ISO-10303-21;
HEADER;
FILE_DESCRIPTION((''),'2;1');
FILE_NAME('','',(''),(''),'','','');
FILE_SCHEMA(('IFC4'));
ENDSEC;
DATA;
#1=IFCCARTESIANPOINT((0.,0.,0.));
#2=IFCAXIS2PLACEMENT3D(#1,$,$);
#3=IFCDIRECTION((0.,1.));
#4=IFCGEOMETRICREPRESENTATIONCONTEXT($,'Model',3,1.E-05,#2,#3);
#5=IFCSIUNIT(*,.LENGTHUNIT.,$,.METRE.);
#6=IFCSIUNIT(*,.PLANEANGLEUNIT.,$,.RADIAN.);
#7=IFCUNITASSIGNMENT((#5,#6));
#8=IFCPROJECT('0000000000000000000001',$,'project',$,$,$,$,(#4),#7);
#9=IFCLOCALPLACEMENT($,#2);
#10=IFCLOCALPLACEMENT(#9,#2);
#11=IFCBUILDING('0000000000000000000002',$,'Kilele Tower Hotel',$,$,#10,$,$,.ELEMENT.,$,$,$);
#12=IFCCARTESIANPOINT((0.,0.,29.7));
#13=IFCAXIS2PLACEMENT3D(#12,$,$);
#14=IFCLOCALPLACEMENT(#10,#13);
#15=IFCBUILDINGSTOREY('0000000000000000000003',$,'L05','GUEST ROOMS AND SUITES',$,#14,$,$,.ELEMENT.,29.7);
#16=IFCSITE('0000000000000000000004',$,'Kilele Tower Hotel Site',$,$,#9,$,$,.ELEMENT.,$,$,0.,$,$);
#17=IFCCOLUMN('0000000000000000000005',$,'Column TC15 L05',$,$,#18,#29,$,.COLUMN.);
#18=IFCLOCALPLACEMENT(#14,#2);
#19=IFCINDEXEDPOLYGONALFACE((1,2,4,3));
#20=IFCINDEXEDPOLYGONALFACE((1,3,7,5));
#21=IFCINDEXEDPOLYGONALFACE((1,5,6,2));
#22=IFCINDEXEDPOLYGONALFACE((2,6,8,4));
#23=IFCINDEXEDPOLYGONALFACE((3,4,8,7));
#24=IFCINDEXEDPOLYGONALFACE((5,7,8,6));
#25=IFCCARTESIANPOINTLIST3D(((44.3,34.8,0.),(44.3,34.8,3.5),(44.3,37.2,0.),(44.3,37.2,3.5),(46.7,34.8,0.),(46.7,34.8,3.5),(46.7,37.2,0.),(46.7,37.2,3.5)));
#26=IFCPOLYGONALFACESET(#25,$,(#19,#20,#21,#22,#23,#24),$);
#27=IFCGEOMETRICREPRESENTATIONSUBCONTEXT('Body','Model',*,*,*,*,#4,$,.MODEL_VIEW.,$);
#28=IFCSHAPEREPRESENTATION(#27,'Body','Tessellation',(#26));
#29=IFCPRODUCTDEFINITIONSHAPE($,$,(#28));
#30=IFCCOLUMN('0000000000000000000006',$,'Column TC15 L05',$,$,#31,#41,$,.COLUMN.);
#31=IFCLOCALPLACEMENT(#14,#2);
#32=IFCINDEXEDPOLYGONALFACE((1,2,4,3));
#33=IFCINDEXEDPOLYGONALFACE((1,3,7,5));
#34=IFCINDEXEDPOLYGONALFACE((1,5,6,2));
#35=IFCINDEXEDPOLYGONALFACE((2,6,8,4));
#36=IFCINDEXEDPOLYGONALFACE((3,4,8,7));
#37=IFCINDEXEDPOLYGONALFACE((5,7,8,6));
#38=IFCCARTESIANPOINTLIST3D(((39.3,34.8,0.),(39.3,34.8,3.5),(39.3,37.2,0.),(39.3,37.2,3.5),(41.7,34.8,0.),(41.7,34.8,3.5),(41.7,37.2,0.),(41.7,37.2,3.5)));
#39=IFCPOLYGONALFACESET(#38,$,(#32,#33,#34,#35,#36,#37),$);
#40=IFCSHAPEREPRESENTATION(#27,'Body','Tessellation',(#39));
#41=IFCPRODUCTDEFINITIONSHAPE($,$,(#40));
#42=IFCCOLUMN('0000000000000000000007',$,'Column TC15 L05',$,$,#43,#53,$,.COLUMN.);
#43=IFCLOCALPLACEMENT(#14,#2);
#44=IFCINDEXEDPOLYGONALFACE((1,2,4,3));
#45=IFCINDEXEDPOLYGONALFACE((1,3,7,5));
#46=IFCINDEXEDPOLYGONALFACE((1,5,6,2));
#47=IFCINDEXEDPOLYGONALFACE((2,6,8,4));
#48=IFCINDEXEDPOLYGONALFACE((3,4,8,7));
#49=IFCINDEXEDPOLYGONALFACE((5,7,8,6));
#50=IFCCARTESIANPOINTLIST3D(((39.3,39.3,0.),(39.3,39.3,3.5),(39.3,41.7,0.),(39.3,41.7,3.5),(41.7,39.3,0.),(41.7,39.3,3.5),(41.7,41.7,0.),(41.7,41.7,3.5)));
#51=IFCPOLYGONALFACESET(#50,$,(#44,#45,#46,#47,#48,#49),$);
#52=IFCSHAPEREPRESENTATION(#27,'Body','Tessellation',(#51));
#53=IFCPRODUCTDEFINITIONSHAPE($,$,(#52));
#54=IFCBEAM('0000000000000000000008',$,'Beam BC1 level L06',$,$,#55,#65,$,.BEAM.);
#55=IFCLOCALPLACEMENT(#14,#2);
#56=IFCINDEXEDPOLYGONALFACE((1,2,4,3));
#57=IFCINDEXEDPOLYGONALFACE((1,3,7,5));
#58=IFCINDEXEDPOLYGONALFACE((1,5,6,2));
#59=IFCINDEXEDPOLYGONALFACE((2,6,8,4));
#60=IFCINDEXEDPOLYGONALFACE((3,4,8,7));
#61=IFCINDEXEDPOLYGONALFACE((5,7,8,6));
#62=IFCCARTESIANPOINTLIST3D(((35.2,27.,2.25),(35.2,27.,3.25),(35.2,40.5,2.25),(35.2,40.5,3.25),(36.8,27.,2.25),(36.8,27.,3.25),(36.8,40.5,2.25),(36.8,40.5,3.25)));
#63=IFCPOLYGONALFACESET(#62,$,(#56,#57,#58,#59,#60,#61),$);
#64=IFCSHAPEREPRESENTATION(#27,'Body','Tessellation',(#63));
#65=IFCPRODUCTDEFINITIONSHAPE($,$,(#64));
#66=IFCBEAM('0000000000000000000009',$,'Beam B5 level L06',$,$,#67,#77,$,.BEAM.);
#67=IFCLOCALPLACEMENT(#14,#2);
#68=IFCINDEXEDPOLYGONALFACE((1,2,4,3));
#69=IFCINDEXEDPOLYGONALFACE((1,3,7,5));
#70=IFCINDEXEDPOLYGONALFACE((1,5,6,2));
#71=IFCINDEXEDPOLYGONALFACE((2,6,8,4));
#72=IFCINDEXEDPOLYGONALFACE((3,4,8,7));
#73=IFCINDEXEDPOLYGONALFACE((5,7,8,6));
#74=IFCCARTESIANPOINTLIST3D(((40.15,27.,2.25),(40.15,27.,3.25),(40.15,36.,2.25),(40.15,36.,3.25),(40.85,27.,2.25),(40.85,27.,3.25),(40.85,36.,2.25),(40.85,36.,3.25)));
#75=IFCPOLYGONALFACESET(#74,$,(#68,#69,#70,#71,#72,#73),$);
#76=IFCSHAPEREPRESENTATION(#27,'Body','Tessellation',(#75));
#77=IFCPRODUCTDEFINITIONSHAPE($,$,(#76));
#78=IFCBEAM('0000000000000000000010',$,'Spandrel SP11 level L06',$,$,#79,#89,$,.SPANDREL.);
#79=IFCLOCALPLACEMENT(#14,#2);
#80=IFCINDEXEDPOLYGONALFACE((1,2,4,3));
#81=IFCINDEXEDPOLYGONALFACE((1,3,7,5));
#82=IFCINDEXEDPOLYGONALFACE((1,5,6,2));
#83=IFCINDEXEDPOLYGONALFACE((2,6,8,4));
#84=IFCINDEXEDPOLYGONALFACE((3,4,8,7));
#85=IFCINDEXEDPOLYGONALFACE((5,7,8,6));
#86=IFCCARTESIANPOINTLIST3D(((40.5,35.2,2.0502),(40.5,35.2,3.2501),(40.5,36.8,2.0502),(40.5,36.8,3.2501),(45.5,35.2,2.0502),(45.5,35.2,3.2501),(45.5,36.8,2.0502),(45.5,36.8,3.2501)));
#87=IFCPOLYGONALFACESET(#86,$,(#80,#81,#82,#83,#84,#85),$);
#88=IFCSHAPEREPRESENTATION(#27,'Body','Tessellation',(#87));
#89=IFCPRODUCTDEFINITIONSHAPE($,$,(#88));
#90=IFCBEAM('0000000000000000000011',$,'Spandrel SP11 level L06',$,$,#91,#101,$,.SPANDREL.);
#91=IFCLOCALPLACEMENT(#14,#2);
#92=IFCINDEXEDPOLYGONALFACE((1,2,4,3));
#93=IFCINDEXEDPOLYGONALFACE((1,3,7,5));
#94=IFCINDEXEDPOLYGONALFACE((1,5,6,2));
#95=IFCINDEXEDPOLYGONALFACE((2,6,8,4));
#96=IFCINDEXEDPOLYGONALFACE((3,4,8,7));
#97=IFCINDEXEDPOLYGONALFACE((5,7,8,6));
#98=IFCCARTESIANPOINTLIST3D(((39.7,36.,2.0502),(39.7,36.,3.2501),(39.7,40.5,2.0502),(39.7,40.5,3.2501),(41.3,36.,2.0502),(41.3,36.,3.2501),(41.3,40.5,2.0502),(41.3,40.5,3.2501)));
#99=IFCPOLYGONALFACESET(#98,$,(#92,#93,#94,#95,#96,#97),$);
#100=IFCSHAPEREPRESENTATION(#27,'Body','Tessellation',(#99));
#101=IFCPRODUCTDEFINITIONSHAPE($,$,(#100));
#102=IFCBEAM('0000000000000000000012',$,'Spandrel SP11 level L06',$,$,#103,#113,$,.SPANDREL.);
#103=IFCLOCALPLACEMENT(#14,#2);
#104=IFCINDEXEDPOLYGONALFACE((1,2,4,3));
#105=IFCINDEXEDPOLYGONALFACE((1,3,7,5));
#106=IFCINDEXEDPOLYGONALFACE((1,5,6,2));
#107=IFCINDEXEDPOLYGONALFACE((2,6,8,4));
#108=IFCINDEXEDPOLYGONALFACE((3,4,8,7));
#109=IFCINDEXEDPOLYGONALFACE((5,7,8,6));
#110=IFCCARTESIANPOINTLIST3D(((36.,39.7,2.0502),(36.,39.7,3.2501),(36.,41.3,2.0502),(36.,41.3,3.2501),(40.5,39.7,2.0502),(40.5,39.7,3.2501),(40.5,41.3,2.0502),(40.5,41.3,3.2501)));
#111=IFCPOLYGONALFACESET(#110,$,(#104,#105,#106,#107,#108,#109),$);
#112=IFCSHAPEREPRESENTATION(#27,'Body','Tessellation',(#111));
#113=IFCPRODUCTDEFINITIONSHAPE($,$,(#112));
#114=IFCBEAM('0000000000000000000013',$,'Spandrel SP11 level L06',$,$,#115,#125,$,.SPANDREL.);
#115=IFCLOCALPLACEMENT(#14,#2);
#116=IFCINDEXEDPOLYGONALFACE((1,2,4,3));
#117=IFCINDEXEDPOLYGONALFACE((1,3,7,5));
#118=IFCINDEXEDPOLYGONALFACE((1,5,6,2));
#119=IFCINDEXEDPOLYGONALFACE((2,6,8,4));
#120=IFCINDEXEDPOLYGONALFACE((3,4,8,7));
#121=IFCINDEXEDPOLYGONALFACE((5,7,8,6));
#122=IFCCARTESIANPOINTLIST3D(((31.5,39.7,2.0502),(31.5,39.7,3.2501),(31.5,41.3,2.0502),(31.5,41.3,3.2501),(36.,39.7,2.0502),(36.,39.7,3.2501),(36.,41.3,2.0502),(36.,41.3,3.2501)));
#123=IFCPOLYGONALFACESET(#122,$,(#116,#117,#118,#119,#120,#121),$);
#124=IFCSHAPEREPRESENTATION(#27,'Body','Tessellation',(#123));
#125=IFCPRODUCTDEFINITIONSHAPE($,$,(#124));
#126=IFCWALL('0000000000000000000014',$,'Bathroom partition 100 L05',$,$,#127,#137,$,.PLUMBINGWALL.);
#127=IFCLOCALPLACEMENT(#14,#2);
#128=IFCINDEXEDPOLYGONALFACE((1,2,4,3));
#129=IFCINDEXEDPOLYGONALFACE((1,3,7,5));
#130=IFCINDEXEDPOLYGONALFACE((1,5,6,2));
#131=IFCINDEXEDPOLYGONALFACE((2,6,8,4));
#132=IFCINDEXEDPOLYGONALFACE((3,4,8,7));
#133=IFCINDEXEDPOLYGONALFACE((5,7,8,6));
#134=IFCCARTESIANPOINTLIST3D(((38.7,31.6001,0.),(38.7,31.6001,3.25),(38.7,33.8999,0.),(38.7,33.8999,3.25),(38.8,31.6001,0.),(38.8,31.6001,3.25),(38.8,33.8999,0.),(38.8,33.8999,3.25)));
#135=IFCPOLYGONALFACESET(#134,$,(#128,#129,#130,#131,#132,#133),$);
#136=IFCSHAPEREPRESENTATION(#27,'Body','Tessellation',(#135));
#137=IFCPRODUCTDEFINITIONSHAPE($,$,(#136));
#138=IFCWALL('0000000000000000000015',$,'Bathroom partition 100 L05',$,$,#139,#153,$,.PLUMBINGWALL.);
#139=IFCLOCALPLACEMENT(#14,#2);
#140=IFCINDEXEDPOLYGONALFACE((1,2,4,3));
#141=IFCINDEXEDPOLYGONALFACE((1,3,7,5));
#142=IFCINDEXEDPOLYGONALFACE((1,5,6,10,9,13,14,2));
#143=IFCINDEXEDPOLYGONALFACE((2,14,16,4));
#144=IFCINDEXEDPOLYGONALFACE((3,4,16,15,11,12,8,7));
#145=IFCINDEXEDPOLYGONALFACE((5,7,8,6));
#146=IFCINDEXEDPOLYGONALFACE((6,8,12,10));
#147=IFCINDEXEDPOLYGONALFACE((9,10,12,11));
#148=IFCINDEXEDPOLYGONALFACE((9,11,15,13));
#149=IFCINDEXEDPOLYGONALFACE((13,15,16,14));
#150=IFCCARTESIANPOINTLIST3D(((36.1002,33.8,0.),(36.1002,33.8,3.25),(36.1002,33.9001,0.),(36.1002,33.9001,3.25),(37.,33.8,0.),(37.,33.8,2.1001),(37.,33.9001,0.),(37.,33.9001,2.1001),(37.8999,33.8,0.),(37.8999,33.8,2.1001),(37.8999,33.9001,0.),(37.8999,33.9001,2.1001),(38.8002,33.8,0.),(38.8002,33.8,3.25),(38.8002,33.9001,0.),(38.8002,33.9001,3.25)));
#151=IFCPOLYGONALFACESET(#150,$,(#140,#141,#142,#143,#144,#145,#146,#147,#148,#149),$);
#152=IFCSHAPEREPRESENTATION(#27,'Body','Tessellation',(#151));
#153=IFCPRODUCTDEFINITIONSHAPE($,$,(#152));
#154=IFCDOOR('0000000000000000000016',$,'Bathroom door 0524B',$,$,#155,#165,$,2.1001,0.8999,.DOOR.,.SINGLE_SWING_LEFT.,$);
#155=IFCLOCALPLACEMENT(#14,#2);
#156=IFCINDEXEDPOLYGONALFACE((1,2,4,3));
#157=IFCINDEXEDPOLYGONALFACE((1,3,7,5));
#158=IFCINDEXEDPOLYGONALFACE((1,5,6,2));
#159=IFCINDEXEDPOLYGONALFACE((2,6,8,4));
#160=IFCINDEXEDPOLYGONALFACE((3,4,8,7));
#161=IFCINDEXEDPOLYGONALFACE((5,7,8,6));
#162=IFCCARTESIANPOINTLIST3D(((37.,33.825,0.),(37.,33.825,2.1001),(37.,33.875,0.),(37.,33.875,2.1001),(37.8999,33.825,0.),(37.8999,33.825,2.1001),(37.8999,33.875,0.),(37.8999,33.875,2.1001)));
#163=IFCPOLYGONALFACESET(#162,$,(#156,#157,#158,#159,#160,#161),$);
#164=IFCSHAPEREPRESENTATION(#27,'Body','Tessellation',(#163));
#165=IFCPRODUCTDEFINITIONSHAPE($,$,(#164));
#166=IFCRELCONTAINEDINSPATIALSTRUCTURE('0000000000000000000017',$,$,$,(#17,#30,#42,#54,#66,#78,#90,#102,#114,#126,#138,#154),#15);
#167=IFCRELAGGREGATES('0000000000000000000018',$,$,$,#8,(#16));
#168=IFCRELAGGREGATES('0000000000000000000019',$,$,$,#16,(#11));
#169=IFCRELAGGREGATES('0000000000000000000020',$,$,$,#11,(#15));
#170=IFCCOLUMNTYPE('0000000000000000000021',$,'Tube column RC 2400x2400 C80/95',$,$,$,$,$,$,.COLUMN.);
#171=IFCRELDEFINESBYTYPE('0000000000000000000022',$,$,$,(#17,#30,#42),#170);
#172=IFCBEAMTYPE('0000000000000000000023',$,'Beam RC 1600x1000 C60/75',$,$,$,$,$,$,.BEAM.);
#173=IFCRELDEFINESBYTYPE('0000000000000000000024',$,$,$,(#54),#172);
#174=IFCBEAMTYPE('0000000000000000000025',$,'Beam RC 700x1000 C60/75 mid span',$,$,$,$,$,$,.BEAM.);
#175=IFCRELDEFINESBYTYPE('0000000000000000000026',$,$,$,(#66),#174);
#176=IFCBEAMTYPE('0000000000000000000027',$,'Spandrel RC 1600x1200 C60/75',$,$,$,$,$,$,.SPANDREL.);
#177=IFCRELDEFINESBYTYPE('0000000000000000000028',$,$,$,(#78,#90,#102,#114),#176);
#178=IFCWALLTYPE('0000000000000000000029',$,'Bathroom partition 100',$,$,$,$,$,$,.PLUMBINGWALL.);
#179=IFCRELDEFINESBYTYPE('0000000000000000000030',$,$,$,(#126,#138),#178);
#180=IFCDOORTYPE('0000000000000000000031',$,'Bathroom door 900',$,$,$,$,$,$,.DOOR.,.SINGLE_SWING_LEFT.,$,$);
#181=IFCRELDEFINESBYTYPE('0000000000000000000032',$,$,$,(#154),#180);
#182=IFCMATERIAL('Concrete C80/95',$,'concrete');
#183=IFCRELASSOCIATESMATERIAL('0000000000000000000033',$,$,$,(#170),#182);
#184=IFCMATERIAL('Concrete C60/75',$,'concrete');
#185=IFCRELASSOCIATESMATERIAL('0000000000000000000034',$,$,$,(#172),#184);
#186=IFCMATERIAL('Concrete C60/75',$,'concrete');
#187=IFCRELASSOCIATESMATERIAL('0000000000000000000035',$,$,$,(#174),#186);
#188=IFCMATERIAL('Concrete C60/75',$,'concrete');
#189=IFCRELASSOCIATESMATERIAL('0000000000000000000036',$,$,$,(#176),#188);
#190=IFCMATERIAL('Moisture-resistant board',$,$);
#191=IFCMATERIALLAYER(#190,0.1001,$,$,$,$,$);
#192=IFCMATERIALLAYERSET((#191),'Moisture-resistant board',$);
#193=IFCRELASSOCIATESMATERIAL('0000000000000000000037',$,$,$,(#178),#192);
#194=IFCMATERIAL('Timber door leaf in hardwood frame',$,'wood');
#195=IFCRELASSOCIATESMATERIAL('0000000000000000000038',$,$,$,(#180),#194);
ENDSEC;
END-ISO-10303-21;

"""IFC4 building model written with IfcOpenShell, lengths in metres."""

from ifc_helpers import new_model, si_unit, direction, frame, frame_2d, origin, origin_2d, place, context, subcontext, project, spatial, rectangle, extrude, material, layer, layer_set, material_profile, profile_set, type_object, element, fill, save


model = new_model("IFC4")

# Units and contexts
model_context = context("Model", 3, precision=1e-05, world=origin(), true_north=direction((0.0, 1.0)))
body_context = subcontext(model_context, "Body", "Model", "MODEL_VIEW")
ifc_project = project(units=[si_unit("LENGTHUNIT", "METRE"), si_unit("PLANEANGLEUNIT", "RADIAN")], contexts=[model_context])

# Site, building, storey
site_placement = place(None, origin())
site = spatial("IfcSite", under=ifc_project, at=site_placement, Name="Kilele Tower Hotel Site", CompositionType="ELEMENT", RefElevation=0.0)
building_placement = place(site_placement, origin())
building = spatial("IfcBuilding", under=site, at=building_placement, Name="Kilele Tower Hotel", CompositionType="ELEMENT")
storey_placement = place(building_placement, frame((0.0, 0.0, 29.7)))
storey = spatial("IfcBuildingStorey", under=building, at=storey_placement, Name="L05", Description="GUEST ROOMS AND SUITES", CompositionType="ELEMENT", Elevation=29.7)

# Columns
ifc_material_1 = material(Name="Concrete C80/95", Category="concrete")
ifc_material_profile_1 = material_profile(ifc_material_1, rectangle(XDim=2.3999, YDim=2.3999, at=origin_2d()))
ifc_profile_set_1 = profile_set([ifc_material_profile_1], Name="Concrete C80/95")
column_type = type_object("IfcColumnType", Name="Tube column RC 2400x2400 C80/95", PredefinedType="COLUMN", material=ifc_profile_set_1)
for number, where, z_axis, x_axis, name in (
    (1, (45.5, 36.0, 0.0), (0.0, 0.0, 1.0), (1.0, 0.0, 0.0), "Column TC15 L05"),
    (2, (40.5, 36.0, 0.0), (0.0, 0.0, 1.0), (1.0, 0.0, 0.0), "Column TC15 L05"),
    (3, (40.5, 40.5, 0.0), (0.0, 0.0, 1.0), (1.0, 0.0, 0.0), "Column TC15 L05"),
):
    element("IfcColumn", number, at=place(storey_placement, frame(where, z_axis=z_axis, x_axis=x_axis)), inside=storey, type_object=column_type, Name=name, PredefinedType="COLUMN", context=body_context, shape_type="SweptSolid", body=[
        extrude(rectangle(XDim=2.3999, YDim=2.3999, at=origin_2d()), origin(), (0.0, 0.0, 1.0), 3.5),
    ])

# Beams
ifc_material_2 = material(Name="Concrete C60/75", Category="concrete")
ifc_material_profile_2 = material_profile(ifc_material_2, rectangle(XDim=1.6001, YDim=1.0, at=origin_2d()))
ifc_profile_set_2 = profile_set([ifc_material_profile_2], Name="Concrete C60/75")
beam_type_1 = type_object("IfcBeamType", Name="Beam RC 1600x1000 C60/75", PredefinedType="BEAM", material=ifc_profile_set_2)
beam_1_placement = place(storey_placement, frame((36.0, 40.5, 2.75), z_axis=(0.0, -1.0, 0.0), x_axis=(1.0, 0.0, 0.0)))
element("IfcBeam", 4, at=beam_1_placement, inside=storey, type_object=beam_type_1, Name="Beam BC1 level L06", PredefinedType="BEAM", context=body_context, shape_type="SweptSolid", body=[
    extrude(rectangle(XDim=1.6001, YDim=1.0, at=origin_2d()), origin(), (0.0, 0.0, 1.0), 13.5),
])
ifc_material_3 = material(Name="Concrete C60/75", Category="concrete")
ifc_material_profile_3 = material_profile(ifc_material_3, rectangle(XDim=0.7, YDim=1.0, at=origin_2d()))
ifc_profile_set_3 = profile_set([ifc_material_profile_3], Name="Concrete C60/75")
beam_type_2 = type_object("IfcBeamType", Name="Beam RC 700x1000 C60/75 mid span", PredefinedType="BEAM", material=ifc_profile_set_3)
beam_2_placement = place(storey_placement, frame((40.5, 36.0, 2.75), z_axis=(0.0, -1.0, 0.0), x_axis=(1.0, 0.0, 0.0)))
element("IfcBeam", 5, at=beam_2_placement, inside=storey, type_object=beam_type_2, Name="Beam B5 level L06", PredefinedType="BEAM", context=body_context, shape_type="SweptSolid", body=[
    extrude(rectangle(XDim=0.7, YDim=1.0, at=origin_2d()), origin(), (0.0, 0.0, 1.0), 9.0),
])
ifc_material_4 = material(Name="Concrete C60/75", Category="concrete")
ifc_material_profile_4 = material_profile(ifc_material_4, rectangle(XDim=1.6001, YDim=1.2, at=origin_2d()))
ifc_profile_set_4 = profile_set([ifc_material_profile_4], Name="Concrete C60/75")
beam_type_3 = type_object("IfcBeamType", Name="Spandrel RC 1600x1200 C60/75", PredefinedType="SPANDREL", material=ifc_profile_set_4)
beam_3_placement = place(storey_placement, frame((45.5, 36.0, 2.6501), z_axis=(-1.0, 0.0, 0.0), x_axis=(0.0, -1.0, 0.0)))
element("IfcBeam", 6, at=beam_3_placement, inside=storey, type_object=beam_type_3, Name="Spandrel SP11 level L06", PredefinedType="SPANDREL", context=body_context, shape_type="SweptSolid", body=[
    extrude(rectangle(XDim=1.6001, YDim=1.2, at=origin_2d()), origin(), (0.0, 0.0, 1.0), 5.0),
])
for number, where, z_axis, x_axis, name in (
    (7, (40.5, 36.0, 2.6501), (0.0, 1.0, 0.0), (-1.0, 0.0, 0.0), "Spandrel SP11 level L06"),
    (8, (40.5, 40.5, 2.6501), (-1.0, 0.0, 0.0), (0.0, -1.0, 0.0), "Spandrel SP11 level L06"),
    (9, (36.0, 40.5, 2.6501), (-1.0, 0.0, 0.0), (0.0, -1.0, 0.0), "Spandrel SP11 level L06"),
):
    element("IfcBeam", number, at=place(storey_placement, frame(where, z_axis=z_axis, x_axis=x_axis)), inside=storey, type_object=beam_type_3, Name=name, PredefinedType="SPANDREL", context=body_context, shape_type="SweptSolid", body=[
        extrude(rectangle(XDim=1.6001, YDim=1.2, at=origin_2d()), origin(), (0.0, 0.0, 1.0), 4.5),
    ])

# Wall
ifc_material_5 = material(Name="Moisture-resistant board")
ifc_layer_1 = layer(ifc_material_5, 0.1001)
ifc_layer_set_1 = layer_set([ifc_layer_1], Name="Moisture-resistant board")
wall_type_1 = type_object("IfcWallType", Name="Bathroom partition 100", PredefinedType="PLUMBINGWALL", material=ifc_layer_set_1)
wall_1_placement = place(storey_placement, frame((38.75, 31.6001, 0.0), z_axis=(0.0, 0.0, 1.0), x_axis=(0.0, 1.0, 0.0)))
element("IfcWall", 10, at=wall_1_placement, inside=storey, type_object=wall_type_1, Name="Bathroom partition 100 L05", PredefinedType="PLUMBINGWALL", context=body_context, shape_type="SweptSolid", body=[
    extrude(rectangle(XDim=2.2998, YDim=0.1001, at=frame_2d((1.1499, 0.0))), origin(), (0.0, 0.0, 1.0), 3.25),
])

# Wall, opening, door
wall_2_placement = place(storey_placement, frame((36.1001, 33.8501, 0.0), z_axis=(0.0, 0.0, 1.0), x_axis=(1.0, 0.0, 0.0)))
wall_2 = element("IfcWall", 11, at=wall_2_placement, inside=storey, type_object=wall_type_1, Name="Bathroom partition 100 L05", PredefinedType="PLUMBINGWALL", context=body_context, shape_type="SweptSolid", body=[
    extrude(rectangle(XDim=2.7, YDim=0.1001, at=frame_2d((1.3501, 0.0))), origin(), (0.0, 0.0, 1.0), 3.25),
])
opening_1_placement = place(wall_2_placement, frame((0.8999, 0.0, 0.0)))
opening_1 = element("IfcOpeningElement", 12, at=opening_1_placement, cuts=wall_2, PredefinedType="OPENING", context=body_context, shape_type="SweptSolid", body=[
    extrude(rectangle(XDim=0.8999, YDim=2.1001, at=frame_2d((0.45, 1.05))), frame((0.0, 0.0601, 0.0), z_axis=(0.0, -1.0, 0.0), x_axis=(1.0, 0.0, 0.0)), (0.0, 0.0, 1.0), 0.1201),
])
ifc_material_6 = material(Name="Timber door leaf in hardwood frame", Category="wood")
door_type_1 = type_object("IfcDoorType", Name="Bathroom door 900", OperationType="SINGLE_SWING_LEFT", PredefinedType="DOOR", material=ifc_material_6)
door_1_placement = place(opening_1_placement, origin())
door_1 = element("IfcDoor", 13, at=door_1_placement, inside=storey, type_object=door_type_1, Name="Bathroom door 0524B", OperationType="SINGLE_SWING_LEFT", OverallHeight=2.1001, OverallWidth=0.8999, PredefinedType="DOOR", context=body_context, shape_type="SweptSolid", body=[
    extrude(rectangle(XDim=0.8999, YDim=2.1001, at=frame_2d((0.45, 1.05))), frame((0.0, 0.0249, 0.0), z_axis=(0.0, -1.0, 0.0), x_axis=(1.0, 0.0, 0.0)), (0.0, 0.0, 1.0), 0.05),
])
fill(opening_1, door_1)

save(model, "model.ifc")
